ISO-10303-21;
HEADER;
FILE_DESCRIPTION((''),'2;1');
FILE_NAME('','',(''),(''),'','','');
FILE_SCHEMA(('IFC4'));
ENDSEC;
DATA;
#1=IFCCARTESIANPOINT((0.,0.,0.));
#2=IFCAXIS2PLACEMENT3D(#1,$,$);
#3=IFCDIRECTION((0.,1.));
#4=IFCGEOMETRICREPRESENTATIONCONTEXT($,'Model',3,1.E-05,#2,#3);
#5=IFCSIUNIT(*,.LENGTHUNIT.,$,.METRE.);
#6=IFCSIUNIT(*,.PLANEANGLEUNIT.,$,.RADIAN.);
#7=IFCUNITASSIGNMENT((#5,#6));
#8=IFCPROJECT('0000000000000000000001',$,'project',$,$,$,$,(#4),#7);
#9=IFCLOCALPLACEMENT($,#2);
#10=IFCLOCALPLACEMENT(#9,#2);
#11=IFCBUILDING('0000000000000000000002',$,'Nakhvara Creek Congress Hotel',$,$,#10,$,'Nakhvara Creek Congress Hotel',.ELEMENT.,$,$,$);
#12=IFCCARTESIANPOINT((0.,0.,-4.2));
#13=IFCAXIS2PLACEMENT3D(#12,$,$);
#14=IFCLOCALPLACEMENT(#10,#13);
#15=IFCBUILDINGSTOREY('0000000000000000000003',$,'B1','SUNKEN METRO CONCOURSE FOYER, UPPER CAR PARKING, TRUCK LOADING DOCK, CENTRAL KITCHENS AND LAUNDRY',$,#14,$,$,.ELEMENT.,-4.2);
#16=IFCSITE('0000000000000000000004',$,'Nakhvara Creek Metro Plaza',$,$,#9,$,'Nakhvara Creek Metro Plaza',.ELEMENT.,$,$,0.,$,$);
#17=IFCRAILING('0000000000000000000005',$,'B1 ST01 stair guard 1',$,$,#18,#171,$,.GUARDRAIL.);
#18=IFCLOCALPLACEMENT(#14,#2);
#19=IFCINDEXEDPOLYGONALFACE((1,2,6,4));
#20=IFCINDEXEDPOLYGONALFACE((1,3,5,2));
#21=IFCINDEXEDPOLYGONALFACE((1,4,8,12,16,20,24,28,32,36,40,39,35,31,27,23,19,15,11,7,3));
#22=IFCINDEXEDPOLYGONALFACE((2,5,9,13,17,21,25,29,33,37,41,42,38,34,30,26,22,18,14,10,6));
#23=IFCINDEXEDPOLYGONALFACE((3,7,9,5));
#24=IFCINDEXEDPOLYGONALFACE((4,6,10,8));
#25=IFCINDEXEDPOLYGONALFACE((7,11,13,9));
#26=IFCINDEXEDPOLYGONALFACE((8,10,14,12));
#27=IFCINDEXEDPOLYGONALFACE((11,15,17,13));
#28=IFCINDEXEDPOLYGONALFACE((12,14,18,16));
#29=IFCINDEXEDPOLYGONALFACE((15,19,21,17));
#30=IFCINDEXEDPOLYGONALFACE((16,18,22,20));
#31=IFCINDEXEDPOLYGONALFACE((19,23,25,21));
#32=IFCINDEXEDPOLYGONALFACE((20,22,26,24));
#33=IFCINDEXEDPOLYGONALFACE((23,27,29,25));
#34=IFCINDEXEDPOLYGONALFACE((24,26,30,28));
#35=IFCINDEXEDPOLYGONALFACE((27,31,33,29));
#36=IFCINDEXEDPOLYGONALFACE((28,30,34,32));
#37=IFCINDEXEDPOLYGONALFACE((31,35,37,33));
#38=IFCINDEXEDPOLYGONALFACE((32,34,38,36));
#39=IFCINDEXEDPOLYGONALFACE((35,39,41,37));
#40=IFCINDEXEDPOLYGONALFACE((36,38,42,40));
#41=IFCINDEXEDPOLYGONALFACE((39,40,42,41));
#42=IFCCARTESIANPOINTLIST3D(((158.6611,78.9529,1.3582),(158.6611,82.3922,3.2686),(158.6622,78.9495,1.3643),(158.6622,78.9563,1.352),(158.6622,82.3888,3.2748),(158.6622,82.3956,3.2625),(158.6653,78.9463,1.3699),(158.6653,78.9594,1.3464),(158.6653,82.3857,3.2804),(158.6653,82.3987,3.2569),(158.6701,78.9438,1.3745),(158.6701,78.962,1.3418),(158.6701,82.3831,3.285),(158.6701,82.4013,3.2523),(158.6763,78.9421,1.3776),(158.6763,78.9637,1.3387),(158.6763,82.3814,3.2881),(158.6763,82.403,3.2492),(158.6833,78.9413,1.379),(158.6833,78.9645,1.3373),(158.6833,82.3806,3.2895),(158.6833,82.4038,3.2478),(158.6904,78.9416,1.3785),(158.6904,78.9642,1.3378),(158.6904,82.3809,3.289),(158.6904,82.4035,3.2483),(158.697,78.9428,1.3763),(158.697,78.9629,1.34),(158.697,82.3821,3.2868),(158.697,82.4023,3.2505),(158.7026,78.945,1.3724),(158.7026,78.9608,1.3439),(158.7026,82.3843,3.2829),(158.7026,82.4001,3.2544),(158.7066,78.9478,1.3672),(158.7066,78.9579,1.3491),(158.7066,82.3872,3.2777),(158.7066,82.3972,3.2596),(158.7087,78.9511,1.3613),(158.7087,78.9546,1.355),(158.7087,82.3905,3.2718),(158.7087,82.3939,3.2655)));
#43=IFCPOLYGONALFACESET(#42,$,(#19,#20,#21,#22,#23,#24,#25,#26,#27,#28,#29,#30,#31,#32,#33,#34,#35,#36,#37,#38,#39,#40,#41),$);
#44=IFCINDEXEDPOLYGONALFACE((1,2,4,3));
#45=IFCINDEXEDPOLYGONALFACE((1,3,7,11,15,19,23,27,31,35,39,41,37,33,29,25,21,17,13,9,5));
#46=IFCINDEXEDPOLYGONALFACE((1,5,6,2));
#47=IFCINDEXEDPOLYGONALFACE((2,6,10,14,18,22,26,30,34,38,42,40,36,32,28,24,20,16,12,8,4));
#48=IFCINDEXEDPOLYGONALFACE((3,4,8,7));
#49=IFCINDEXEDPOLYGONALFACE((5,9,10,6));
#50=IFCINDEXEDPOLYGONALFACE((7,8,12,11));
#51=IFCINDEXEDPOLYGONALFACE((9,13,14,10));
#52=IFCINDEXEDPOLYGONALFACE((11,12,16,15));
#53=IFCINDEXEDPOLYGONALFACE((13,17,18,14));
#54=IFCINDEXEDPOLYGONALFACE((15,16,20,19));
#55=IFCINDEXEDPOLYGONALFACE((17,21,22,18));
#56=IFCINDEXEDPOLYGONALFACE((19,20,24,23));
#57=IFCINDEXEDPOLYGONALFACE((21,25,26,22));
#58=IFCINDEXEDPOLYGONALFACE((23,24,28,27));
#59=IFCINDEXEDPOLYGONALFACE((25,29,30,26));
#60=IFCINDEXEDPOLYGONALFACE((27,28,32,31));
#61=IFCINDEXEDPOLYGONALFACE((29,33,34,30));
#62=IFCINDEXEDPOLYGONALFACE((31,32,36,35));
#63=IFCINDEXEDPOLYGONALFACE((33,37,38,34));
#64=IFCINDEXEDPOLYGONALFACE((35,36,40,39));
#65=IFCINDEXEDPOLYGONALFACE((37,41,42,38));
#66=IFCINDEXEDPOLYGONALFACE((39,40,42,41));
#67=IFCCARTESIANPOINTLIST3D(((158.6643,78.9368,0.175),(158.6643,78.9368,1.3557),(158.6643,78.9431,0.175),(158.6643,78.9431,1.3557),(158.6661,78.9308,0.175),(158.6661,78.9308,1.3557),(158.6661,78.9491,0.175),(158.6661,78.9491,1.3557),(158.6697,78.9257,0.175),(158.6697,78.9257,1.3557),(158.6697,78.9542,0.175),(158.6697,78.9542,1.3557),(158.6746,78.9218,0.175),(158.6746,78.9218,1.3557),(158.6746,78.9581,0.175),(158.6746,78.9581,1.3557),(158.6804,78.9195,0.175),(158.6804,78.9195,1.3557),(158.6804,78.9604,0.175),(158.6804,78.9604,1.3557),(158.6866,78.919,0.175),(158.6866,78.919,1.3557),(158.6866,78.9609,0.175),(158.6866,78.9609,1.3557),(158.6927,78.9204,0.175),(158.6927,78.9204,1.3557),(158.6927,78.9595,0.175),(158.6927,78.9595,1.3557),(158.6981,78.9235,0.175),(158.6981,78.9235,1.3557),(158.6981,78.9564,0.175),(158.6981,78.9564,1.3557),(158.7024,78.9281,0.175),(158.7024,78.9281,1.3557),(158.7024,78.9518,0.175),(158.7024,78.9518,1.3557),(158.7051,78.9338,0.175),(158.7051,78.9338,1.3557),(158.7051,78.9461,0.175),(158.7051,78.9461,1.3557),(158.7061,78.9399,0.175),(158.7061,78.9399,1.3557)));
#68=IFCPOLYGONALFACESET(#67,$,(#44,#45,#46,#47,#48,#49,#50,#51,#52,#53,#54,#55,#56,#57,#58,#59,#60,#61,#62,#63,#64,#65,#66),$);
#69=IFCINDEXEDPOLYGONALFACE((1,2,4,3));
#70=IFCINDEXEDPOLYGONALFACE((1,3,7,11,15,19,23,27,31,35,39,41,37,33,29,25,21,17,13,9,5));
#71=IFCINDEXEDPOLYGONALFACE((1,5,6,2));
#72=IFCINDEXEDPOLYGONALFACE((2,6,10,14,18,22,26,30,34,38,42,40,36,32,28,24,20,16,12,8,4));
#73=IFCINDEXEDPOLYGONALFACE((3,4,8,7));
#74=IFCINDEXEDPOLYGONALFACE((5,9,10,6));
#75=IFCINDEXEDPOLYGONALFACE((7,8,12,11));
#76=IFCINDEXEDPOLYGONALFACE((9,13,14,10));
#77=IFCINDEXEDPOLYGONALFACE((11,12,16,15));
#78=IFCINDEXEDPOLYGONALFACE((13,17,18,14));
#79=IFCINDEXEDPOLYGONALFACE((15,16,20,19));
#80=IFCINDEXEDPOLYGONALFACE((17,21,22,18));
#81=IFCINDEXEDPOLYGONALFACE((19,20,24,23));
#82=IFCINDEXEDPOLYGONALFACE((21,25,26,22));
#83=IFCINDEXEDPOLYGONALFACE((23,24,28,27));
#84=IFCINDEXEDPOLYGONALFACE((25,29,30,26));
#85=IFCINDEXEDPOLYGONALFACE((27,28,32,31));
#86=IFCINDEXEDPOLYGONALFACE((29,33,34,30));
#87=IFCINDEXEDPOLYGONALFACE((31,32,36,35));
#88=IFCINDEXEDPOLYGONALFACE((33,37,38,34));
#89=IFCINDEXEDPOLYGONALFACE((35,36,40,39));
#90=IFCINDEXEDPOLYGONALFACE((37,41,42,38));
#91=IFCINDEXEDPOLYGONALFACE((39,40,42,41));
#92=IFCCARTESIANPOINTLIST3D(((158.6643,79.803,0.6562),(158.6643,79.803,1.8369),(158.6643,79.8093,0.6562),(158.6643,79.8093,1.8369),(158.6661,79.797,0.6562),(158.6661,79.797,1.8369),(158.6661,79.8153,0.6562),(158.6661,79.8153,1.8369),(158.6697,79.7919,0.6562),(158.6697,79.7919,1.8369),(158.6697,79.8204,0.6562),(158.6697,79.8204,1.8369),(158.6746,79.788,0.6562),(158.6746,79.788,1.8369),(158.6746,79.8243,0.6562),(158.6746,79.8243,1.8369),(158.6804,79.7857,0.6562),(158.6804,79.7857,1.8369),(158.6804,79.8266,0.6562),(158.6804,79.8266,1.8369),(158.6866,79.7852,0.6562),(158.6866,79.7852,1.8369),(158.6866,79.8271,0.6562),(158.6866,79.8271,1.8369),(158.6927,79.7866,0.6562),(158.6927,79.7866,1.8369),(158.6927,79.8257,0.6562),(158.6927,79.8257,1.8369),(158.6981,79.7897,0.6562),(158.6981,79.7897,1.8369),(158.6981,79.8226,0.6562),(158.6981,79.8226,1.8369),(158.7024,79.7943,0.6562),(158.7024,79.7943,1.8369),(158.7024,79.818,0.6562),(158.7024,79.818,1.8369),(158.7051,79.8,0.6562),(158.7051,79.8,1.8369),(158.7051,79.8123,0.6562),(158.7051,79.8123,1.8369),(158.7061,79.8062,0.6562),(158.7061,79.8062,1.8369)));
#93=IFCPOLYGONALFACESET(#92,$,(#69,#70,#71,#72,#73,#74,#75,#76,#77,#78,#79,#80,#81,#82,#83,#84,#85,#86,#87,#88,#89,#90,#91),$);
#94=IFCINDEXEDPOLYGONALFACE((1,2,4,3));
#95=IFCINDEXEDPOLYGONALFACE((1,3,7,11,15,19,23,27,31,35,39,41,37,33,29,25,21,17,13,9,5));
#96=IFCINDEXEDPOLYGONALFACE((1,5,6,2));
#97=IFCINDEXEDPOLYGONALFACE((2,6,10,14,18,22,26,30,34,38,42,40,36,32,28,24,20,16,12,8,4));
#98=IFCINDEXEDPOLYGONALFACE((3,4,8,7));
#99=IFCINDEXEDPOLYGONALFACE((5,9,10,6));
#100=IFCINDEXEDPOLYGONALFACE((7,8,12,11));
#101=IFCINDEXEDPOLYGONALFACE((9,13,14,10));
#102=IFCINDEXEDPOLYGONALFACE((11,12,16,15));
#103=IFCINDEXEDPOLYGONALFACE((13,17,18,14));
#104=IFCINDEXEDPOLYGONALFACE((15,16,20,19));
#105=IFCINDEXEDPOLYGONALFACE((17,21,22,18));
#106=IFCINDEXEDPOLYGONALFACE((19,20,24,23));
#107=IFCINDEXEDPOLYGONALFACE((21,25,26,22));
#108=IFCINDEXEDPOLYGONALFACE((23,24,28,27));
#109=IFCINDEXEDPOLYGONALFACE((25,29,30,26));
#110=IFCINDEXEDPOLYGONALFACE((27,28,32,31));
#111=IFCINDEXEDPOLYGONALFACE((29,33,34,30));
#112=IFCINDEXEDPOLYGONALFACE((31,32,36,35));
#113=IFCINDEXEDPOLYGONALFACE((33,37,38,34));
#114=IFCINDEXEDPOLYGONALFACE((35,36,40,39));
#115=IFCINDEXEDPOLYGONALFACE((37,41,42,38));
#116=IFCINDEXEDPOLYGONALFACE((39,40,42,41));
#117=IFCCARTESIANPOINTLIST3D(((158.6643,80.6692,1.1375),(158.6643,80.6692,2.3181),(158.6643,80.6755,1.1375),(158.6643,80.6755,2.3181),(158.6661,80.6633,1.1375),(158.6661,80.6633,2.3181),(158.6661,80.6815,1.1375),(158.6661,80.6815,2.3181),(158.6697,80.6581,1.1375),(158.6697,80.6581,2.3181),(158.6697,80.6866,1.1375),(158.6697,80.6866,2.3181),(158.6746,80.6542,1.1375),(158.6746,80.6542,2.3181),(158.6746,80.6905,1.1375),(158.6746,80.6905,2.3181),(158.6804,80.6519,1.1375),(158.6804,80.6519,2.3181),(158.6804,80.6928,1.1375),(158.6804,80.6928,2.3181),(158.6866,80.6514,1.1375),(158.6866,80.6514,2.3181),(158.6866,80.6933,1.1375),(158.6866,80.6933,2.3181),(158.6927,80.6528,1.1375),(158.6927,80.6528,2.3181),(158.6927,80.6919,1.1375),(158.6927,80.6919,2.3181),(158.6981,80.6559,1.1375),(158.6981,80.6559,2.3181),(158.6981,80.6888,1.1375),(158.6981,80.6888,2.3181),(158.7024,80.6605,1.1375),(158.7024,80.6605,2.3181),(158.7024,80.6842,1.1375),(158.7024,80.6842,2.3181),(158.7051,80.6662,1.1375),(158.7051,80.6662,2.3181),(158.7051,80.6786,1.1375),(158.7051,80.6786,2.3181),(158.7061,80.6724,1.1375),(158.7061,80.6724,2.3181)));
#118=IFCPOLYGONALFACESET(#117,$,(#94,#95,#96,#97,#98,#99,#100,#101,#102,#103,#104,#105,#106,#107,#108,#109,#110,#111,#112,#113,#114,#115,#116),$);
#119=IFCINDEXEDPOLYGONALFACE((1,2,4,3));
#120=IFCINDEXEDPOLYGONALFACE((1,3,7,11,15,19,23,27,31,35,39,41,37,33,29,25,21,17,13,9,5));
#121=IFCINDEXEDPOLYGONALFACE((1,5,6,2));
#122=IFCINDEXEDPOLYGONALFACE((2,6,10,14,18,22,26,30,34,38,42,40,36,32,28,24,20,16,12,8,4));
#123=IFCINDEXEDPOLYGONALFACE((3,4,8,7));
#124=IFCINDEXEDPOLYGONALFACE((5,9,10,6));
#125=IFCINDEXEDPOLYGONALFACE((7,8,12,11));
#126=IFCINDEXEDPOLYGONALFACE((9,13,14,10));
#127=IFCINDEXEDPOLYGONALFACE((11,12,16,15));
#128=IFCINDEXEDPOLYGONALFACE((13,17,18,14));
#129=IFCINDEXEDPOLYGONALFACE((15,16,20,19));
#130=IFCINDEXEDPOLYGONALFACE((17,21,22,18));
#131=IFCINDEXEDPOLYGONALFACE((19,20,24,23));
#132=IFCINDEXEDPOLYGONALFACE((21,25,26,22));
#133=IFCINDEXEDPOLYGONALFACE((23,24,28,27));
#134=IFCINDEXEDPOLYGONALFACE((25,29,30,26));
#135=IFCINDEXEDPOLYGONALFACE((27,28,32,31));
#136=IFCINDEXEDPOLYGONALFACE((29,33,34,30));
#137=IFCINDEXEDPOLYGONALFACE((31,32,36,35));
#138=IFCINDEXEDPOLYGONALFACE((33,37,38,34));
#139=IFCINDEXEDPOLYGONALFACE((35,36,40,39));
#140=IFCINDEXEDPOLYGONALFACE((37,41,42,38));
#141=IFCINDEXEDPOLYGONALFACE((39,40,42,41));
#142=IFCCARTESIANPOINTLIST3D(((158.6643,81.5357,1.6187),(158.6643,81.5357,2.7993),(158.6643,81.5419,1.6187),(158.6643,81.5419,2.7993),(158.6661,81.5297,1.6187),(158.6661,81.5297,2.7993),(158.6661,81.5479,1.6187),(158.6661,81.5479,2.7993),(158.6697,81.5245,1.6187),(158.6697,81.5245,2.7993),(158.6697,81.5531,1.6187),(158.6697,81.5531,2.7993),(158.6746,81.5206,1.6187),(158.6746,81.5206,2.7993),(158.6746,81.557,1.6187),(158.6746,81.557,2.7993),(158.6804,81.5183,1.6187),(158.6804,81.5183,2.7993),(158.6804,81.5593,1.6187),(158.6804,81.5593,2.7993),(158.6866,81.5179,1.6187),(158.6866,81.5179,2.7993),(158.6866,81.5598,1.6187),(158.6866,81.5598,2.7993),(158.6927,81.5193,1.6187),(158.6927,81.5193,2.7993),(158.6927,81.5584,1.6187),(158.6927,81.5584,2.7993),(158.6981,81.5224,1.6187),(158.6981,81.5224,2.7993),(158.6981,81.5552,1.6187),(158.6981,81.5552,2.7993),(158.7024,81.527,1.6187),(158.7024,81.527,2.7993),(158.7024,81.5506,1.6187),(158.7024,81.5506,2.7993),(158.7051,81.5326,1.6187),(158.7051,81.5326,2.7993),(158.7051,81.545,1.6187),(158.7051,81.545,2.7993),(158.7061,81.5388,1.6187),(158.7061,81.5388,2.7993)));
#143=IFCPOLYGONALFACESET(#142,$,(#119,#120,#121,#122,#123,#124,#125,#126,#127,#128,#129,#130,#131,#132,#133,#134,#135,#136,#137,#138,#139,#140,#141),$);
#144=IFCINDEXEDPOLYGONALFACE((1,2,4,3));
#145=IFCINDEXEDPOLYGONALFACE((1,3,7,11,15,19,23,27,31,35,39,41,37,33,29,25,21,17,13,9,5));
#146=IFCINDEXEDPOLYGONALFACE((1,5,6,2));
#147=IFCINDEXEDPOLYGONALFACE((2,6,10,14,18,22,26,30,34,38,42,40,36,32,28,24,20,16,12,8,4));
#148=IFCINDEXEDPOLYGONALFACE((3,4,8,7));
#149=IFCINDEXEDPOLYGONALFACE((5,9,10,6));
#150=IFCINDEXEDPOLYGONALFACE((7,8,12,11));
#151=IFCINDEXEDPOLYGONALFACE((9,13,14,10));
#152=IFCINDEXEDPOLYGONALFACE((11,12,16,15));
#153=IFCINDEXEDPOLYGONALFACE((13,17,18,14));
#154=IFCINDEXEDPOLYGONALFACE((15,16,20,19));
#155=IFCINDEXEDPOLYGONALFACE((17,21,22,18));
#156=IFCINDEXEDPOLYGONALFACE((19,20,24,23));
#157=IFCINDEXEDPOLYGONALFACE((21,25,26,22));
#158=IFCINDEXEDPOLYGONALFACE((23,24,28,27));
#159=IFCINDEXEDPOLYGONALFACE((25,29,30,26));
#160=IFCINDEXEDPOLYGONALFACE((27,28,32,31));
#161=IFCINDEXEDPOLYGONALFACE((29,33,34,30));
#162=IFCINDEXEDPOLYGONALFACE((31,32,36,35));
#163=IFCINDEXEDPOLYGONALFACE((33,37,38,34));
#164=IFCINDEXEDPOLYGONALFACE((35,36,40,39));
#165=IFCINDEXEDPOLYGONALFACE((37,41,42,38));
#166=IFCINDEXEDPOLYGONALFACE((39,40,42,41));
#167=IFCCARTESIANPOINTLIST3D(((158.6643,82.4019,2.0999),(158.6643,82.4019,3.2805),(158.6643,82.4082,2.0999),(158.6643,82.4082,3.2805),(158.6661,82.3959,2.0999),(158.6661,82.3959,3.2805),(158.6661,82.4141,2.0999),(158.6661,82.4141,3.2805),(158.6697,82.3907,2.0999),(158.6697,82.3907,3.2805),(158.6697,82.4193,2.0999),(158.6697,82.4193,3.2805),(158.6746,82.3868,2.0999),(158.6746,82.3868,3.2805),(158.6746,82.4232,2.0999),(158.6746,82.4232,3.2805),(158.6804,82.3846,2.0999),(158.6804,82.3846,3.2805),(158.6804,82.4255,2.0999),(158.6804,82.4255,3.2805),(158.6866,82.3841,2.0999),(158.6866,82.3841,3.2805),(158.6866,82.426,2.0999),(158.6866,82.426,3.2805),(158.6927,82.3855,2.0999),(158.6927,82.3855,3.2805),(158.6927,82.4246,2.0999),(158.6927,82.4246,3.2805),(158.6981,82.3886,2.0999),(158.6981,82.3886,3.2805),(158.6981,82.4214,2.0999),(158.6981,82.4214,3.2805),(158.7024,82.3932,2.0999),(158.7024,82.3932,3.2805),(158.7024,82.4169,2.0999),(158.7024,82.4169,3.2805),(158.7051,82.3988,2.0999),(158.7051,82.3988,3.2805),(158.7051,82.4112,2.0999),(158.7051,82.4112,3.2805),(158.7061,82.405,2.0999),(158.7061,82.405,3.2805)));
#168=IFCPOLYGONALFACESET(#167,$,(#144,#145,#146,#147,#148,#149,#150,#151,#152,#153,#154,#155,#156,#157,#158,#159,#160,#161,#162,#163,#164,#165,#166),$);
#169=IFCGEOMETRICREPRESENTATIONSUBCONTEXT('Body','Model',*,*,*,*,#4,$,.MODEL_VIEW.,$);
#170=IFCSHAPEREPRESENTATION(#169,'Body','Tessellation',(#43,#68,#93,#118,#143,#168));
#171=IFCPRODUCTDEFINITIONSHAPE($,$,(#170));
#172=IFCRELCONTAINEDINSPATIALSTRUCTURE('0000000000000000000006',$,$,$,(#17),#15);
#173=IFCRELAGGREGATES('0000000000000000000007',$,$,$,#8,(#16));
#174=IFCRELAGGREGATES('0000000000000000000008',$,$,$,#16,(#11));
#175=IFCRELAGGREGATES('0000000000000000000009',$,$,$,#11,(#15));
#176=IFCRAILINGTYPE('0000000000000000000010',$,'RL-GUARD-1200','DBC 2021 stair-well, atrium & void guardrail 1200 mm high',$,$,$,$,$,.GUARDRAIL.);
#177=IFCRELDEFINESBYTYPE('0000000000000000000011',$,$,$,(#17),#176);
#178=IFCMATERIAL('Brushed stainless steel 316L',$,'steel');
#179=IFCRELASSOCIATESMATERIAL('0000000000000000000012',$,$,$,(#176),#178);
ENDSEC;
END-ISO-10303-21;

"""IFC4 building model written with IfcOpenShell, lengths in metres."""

from ifc_helpers import new_model, si_unit, direction, frame, origin, origin_2d, place, context, subcontext, project, spatial, circle, extrude, material, type_object, element, save


model = new_model("IFC4")

# Units and contexts
model_context = context("Model", 3, precision=1e-05, world=origin(), true_north=direction((0.0, 1.0)))
body_context = subcontext(model_context, "Body", "Model", "MODEL_VIEW")
ifc_project = project(units=[si_unit("LENGTHUNIT", "METRE"), si_unit("PLANEANGLEUNIT", "RADIAN")], contexts=[model_context])

# Site, building, storey
site_placement = place(None, origin())
site = spatial("IfcSite", under=ifc_project, at=site_placement, Name="Nakhvara Creek Metro Plaza", LongName="Nakhvara Creek Metro Plaza", CompositionType="ELEMENT", RefElevation=0.0)
building_placement = place(site_placement, origin())
building = spatial("IfcBuilding", under=site, at=building_placement, Name="Nakhvara Creek Congress Hotel", LongName="Nakhvara Creek Congress Hotel", CompositionType="ELEMENT")
storey_placement = place(building_placement, frame((0.0, 0.0, -4.2)))
storey = spatial("IfcBuildingStorey", under=building, at=storey_placement, Name="B1", Description="SUNKEN METRO CONCOURSE FOYER, UPPER CAR PARKING, TRUCK LOADING DOCK, CENTRAL KITCHENS AND LAUNDRY", CompositionType="ELEMENT", Elevation=-4.2)

# Railing
ifc_material_1 = material(Name="Brushed stainless steel 316L", Category="steel")
railing_type_1 = type_object("IfcRailingType", Name="RL-GUARD-1200", Description="DBC 2021 stair-well, atrium & void guardrail 1200 mm high", PredefinedType="GUARDRAIL", material=ifc_material_1)
railing_1_placement = place(storey_placement, frame((158.6851, 78.9399, 0.175)))
element("IfcRailing", 1, at=railing_1_placement, inside=storey, type_object=railing_type_1, Name="B1 ST01 stair guard 1", PredefinedType="GUARDRAIL", context=body_context, shape_type="SweptSolid", body=[
    extrude(circle(Radius=0.0239, at=origin_2d()), frame((0.0, 0.0129, 1.1831), z_axis=(0.0, 0.874183, 0.485596), x_axis=(-1.0, 0.0, 0.0)), (0.0, 0.0, 1.0), 3.9343),
    extrude(circle(Radius=0.021, at=origin_2d()), origin(), (0.0, 0.0, 1.0), 1.1807),
    extrude(circle(Radius=0.021, at=origin_2d()), frame((0.0, 0.8662, 0.4812)), (0.0, 0.0, 1.0), 1.1807),
    extrude(circle(Radius=0.021, at=origin_2d()), frame((0.0, 1.7324, 0.9624)), (0.0, 0.0, 1.0), 1.1807),
    extrude(circle(Radius=0.021, at=origin_2d()), frame((0.0, 2.5989, 1.4436)), (0.0, 0.0, 1.0), 1.1807),
    extrude(circle(Radius=0.021, at=origin_2d()), frame((0.0, 3.4651, 1.9248)), (0.0, 0.0, 1.0), 1.1807),
])

save(model, "model.ifc")
